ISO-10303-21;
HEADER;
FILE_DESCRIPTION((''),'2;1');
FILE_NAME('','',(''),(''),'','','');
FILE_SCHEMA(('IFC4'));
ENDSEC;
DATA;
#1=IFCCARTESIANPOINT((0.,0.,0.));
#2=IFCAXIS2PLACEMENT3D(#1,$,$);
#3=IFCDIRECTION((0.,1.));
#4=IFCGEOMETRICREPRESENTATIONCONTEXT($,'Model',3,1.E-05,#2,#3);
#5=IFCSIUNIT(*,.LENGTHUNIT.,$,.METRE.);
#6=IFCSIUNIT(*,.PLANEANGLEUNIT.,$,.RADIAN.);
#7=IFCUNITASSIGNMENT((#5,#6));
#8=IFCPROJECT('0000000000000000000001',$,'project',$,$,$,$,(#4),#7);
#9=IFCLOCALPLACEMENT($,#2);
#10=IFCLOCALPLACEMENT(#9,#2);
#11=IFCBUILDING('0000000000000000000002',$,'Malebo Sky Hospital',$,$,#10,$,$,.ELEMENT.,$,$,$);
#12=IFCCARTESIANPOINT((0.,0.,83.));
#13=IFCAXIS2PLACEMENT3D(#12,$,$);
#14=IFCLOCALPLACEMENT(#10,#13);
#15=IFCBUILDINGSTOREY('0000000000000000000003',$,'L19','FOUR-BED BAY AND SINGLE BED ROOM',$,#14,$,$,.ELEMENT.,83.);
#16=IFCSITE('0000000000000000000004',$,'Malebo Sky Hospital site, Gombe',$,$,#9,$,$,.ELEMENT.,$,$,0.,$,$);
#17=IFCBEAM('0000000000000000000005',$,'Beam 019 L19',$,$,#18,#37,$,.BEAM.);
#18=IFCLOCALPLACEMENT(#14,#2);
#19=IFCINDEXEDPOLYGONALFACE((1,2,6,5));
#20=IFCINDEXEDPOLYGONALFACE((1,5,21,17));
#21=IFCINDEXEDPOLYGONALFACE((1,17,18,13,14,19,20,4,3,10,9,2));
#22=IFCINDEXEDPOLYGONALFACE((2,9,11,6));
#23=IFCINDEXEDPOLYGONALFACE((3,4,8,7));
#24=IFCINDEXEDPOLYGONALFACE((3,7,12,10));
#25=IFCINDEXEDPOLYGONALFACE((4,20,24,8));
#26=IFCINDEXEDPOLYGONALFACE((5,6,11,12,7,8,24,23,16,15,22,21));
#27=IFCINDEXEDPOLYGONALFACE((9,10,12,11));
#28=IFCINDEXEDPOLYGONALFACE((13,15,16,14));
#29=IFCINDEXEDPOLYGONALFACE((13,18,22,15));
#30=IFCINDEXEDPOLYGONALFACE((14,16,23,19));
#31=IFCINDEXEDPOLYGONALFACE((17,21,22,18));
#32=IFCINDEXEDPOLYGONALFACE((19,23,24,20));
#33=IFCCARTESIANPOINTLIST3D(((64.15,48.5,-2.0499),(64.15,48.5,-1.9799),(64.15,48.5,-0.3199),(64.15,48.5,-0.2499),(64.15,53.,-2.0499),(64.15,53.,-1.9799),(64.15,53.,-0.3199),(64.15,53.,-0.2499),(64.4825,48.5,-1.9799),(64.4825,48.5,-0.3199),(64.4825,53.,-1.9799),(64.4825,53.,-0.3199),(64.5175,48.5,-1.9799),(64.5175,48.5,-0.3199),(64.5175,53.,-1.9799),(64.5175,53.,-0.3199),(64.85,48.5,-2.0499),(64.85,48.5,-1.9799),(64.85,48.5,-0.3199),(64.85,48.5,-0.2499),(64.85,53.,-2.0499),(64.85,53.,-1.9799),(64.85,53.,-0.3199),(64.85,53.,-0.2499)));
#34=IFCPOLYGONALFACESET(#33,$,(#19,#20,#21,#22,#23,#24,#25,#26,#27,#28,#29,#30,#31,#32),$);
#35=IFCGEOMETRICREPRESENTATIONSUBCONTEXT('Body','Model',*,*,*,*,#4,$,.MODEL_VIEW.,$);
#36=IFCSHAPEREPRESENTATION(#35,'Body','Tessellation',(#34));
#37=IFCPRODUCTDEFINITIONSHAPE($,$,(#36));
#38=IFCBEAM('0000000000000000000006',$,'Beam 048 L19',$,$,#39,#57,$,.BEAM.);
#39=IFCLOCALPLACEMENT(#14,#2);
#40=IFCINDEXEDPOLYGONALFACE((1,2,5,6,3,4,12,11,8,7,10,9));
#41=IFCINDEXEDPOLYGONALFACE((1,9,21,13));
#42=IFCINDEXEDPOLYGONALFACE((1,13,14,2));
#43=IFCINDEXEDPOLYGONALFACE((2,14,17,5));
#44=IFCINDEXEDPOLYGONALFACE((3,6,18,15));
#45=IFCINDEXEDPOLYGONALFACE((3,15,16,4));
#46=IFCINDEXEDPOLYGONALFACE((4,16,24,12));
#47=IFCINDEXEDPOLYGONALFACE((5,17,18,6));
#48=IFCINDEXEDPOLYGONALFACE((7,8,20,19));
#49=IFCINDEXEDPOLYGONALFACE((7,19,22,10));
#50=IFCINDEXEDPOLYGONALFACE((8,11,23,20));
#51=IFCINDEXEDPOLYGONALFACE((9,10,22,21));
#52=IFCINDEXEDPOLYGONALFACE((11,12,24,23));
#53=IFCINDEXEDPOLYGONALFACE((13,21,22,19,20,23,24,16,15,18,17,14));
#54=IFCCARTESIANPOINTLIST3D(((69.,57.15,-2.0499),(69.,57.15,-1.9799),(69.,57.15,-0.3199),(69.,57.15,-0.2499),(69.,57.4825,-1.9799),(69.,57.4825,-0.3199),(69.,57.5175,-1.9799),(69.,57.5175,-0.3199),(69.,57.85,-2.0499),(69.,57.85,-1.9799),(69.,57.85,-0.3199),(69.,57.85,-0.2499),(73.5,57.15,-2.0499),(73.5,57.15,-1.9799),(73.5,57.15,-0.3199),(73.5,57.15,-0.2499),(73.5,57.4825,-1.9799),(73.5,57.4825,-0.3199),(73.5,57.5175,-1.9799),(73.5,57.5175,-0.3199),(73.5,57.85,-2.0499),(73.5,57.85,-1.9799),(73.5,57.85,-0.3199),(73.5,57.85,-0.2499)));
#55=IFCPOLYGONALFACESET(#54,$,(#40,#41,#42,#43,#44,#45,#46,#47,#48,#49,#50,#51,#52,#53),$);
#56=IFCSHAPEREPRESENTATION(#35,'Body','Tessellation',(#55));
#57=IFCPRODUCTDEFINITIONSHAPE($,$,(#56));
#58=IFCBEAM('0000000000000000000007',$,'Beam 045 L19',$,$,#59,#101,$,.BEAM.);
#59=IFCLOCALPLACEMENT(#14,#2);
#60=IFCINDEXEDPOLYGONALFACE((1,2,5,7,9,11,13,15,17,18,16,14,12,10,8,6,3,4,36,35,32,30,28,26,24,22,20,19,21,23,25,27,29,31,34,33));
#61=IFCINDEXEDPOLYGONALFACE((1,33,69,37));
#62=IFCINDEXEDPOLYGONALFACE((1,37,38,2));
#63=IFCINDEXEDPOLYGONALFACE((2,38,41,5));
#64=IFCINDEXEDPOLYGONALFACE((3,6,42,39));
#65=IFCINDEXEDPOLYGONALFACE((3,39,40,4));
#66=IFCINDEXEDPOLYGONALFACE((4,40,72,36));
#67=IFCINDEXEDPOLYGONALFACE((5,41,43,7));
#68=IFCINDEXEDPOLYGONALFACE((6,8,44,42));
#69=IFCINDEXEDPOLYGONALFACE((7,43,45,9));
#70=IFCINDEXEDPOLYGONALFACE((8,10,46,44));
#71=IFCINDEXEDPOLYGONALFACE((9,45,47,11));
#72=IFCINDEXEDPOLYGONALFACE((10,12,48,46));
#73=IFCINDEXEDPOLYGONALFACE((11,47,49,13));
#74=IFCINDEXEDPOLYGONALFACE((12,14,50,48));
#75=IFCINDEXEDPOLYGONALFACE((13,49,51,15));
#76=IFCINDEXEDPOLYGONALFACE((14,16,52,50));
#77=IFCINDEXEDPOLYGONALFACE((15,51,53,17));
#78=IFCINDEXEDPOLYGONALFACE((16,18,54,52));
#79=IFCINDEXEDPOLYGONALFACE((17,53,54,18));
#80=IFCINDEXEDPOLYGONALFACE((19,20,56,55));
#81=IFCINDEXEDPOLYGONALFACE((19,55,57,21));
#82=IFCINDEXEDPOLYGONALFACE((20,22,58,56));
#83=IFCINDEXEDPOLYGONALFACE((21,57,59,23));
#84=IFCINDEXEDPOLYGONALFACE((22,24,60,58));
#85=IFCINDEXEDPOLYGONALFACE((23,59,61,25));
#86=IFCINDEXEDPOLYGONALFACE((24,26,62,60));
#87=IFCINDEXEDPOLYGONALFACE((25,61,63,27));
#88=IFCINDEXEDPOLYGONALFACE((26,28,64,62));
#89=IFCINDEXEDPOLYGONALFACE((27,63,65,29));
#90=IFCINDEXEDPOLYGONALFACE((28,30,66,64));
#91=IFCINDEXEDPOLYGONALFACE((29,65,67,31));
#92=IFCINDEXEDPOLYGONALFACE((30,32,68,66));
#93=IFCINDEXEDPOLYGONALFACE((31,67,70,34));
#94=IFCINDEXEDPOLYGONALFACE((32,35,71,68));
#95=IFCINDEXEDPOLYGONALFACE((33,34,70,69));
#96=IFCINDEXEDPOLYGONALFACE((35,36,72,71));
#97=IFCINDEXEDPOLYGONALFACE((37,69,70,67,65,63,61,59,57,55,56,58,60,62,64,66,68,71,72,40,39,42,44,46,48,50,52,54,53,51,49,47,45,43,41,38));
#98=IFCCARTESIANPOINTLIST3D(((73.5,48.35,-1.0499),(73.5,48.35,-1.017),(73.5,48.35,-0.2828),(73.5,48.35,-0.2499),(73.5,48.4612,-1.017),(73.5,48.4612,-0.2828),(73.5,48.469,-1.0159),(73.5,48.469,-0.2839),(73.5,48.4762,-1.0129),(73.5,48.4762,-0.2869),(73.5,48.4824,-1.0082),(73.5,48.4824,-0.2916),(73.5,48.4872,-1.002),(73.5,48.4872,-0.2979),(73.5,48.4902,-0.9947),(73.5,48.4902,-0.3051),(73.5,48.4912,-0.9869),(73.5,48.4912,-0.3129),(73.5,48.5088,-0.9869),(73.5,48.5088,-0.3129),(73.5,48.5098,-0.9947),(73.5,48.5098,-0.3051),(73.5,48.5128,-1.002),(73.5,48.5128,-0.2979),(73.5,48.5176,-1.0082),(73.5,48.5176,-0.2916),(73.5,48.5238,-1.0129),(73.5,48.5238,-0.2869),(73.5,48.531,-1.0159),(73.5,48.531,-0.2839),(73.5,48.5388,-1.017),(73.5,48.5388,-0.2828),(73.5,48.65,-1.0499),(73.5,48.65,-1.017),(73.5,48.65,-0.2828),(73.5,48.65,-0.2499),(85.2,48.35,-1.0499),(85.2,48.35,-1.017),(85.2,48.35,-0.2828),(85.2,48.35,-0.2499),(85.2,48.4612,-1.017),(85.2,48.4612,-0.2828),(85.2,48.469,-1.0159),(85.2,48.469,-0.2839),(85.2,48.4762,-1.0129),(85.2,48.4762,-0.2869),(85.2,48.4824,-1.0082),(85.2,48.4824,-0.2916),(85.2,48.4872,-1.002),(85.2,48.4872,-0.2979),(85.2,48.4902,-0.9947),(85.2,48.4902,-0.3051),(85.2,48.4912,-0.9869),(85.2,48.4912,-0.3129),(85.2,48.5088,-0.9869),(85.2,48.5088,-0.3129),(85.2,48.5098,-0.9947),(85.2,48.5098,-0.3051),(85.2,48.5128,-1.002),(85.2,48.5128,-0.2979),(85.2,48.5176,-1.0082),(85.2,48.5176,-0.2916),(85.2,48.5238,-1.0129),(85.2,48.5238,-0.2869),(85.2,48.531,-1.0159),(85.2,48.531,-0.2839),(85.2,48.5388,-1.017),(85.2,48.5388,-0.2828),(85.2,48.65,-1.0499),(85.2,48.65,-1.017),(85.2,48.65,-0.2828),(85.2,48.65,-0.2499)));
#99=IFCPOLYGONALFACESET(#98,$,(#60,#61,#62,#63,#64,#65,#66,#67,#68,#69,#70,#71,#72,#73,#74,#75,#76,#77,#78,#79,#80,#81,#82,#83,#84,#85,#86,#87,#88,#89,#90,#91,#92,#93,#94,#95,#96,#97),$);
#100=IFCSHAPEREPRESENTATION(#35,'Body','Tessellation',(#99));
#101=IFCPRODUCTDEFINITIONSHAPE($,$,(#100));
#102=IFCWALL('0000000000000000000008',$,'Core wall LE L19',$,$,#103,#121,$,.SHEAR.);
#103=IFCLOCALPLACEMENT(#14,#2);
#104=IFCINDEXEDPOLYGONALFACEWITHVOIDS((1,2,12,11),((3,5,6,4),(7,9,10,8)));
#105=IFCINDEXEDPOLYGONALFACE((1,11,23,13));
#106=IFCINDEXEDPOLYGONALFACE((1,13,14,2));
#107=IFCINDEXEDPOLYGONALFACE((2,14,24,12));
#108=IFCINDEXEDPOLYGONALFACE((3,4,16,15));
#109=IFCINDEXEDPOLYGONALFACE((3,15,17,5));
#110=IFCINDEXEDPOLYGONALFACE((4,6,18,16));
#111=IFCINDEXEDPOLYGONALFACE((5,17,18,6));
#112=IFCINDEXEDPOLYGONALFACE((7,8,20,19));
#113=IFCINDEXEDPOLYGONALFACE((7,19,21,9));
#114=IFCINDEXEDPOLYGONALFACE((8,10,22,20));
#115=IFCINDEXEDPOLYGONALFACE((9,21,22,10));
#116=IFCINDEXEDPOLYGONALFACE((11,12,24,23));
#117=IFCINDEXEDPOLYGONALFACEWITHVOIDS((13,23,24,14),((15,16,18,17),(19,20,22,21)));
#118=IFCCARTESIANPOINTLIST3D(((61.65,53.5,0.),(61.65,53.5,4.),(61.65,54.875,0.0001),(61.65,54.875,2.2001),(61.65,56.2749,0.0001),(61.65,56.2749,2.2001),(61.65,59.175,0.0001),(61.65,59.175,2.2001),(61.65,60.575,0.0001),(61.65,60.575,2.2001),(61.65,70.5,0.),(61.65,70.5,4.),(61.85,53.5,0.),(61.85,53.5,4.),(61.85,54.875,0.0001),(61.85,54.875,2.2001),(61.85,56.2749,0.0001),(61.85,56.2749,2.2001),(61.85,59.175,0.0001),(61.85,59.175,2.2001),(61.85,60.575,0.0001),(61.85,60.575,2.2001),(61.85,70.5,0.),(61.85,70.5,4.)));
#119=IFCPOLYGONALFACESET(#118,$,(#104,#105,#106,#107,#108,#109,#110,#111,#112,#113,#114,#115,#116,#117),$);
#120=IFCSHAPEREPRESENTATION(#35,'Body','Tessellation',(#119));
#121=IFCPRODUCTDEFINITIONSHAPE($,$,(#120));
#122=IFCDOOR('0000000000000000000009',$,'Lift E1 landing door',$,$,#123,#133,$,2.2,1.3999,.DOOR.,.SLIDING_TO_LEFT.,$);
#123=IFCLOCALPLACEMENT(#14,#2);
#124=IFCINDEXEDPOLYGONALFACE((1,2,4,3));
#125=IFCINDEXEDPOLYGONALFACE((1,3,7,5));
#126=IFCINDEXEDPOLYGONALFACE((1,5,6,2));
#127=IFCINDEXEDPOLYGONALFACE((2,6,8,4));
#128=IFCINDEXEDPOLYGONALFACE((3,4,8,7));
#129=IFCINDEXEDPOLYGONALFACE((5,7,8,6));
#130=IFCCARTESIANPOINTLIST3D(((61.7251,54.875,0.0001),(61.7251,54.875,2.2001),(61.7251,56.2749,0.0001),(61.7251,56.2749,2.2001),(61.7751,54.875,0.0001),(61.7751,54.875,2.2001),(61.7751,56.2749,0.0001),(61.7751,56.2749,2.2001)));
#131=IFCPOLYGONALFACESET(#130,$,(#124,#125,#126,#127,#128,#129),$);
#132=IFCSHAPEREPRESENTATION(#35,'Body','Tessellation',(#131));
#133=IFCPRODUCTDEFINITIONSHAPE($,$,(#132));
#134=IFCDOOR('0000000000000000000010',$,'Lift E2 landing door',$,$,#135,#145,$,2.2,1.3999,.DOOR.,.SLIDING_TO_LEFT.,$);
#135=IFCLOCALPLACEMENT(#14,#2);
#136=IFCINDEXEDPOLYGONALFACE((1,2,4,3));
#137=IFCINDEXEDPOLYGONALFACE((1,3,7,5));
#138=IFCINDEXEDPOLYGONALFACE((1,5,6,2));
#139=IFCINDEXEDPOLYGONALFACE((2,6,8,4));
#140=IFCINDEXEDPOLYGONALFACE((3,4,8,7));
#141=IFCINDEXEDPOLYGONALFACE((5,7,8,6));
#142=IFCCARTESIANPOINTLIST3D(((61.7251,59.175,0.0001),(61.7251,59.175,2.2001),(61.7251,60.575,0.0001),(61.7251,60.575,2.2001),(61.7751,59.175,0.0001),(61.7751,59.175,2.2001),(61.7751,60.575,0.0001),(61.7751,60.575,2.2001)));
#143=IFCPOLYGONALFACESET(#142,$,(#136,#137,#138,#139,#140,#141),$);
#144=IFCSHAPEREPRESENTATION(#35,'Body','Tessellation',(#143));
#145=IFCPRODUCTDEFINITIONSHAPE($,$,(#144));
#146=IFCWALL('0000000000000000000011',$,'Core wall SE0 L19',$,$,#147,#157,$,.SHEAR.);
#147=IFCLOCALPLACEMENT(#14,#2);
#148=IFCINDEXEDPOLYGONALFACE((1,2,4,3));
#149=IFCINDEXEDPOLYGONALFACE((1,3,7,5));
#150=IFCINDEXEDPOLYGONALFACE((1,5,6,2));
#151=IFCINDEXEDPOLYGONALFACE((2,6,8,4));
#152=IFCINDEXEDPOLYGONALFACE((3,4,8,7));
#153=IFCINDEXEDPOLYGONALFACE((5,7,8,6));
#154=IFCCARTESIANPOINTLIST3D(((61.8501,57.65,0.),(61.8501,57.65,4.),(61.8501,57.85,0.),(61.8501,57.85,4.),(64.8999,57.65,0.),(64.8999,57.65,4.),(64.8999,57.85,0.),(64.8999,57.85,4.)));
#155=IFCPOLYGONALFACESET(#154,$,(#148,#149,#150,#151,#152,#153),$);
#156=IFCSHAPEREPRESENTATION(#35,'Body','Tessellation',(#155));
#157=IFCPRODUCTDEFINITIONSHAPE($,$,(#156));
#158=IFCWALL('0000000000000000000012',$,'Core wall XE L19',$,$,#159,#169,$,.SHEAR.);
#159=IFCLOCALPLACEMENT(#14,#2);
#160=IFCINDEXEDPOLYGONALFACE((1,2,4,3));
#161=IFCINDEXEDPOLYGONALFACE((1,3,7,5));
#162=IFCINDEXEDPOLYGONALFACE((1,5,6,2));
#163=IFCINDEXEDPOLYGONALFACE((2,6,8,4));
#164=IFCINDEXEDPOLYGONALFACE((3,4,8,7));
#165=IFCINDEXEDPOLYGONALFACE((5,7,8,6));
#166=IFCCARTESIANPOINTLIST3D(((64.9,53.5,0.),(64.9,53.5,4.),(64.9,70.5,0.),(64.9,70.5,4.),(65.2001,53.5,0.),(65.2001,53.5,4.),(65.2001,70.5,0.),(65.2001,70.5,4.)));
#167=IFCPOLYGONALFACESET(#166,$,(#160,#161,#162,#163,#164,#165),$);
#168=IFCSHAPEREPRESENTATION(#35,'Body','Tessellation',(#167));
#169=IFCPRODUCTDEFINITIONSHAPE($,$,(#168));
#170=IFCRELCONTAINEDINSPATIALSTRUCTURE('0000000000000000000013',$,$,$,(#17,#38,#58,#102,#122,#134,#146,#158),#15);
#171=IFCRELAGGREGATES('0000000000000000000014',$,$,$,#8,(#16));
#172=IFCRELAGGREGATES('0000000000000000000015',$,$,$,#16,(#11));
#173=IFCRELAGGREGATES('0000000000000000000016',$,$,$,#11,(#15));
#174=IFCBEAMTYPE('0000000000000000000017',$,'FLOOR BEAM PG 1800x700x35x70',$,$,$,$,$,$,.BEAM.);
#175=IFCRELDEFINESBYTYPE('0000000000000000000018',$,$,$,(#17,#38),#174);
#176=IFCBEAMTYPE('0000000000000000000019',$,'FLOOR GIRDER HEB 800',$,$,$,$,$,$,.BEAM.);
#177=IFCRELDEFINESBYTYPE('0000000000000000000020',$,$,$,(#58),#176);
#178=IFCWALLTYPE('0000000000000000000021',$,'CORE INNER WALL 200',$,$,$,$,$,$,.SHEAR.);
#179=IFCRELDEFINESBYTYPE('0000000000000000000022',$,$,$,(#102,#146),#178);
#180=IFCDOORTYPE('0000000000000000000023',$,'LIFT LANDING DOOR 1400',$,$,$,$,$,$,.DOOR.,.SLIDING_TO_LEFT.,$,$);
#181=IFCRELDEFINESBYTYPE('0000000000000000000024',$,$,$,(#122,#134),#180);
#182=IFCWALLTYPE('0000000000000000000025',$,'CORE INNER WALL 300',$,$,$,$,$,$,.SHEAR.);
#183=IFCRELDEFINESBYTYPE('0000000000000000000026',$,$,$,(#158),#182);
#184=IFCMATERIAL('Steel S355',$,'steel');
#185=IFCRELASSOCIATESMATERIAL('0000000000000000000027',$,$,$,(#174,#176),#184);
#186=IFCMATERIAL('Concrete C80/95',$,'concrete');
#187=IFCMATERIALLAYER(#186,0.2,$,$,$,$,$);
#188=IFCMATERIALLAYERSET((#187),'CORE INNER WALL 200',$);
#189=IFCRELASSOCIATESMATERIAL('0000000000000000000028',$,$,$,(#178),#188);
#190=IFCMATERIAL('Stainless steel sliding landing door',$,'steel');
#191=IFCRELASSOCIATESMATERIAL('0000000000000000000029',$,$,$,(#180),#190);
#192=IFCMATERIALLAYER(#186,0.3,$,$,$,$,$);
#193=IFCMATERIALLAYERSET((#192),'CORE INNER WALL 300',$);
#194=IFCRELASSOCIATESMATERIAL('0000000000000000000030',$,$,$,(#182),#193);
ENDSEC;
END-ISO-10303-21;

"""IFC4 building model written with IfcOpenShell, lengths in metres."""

from ifc_helpers import new_model, si_unit, direction, frame, frame_2d, origin, origin_2d, place, context, subcontext, project, spatial, rectangle, i_section, extrude, material, layer, layer_set, material_profile, profile_set, type_object, element, fill, save


model = new_model("IFC4")

# Units and contexts
model_context = context("Model", 3, precision=1e-05, world=origin(), true_north=direction((0.0, 1.0)))
body_context = subcontext(model_context, "Body", "Model", "MODEL_VIEW")
ifc_project = project(units=[si_unit("LENGTHUNIT", "METRE"), si_unit("PLANEANGLEUNIT", "RADIAN")], contexts=[model_context])

# Site, building, storey
site_placement = place(None, origin())
site = spatial("IfcSite", under=ifc_project, at=site_placement, Name="Malebo Sky Hospital site, Gombe", CompositionType="ELEMENT", RefElevation=0.0)
building_placement = place(site_placement, origin())
building = spatial("IfcBuilding", under=site, at=building_placement, Name="Malebo Sky Hospital", CompositionType="ELEMENT")
storey_placement = place(building_placement, frame((0.0, 0.0, 83.0)))
storey = spatial("IfcBuildingStorey", under=building, at=storey_placement, Name="L19", Description="FOUR-BED BAY AND SINGLE BED ROOM", CompositionType="ELEMENT", Elevation=83.0)

# Beams
ifc_material_1 = material(Name="Steel S355", Category="steel")
ifc_material_profile_1 = material_profile(ifc_material_1, i_section(OverallWidth=0.7, OverallDepth=1.8, WebThickness=0.0349, FlangeThickness=0.0701, at=origin_2d()), Name="PG 1800x700x35x70")
ifc_profile_set_1 = profile_set([ifc_material_profile_1], Name="Steel S355")
beam_type_1 = type_object("IfcBeamType", Name="FLOOR BEAM PG 1800x700x35x70", PredefinedType="BEAM", material=ifc_profile_set_1)
for number, where, z_axis, x_axis, name in (
    (1, (64.5, 48.5, -1.1499), (0.0, 1.0, 0.0), (-1.0, 0.0, 0.0), "Beam 019 L19"),
    (2, (69.0, 57.5, -1.1499), (1.0, 0.0, 0.0), (0.0, 1.0, 0.0), "Beam 048 L19"),
):
    element("IfcBeam", number, at=place(storey_placement, frame(where, z_axis=z_axis, x_axis=x_axis)), inside=storey, type_object=beam_type_1, Name=name, PredefinedType="BEAM", context=body_context, shape_type="SweptSolid", body=[
        extrude(i_section(OverallWidth=0.7, OverallDepth=1.8, WebThickness=0.0349, FlangeThickness=0.0701, at=origin_2d()), origin(), (0.0, 0.0, 1.0), 4.5),
    ])
ifc_material_profile_2 = material_profile(ifc_material_1, i_section(OverallWidth=0.3, OverallDepth=0.8, WebThickness=0.0176, FlangeThickness=0.033, FilletRadius=0.03, at=origin_2d()), Name="HEB 800")
ifc_profile_set_2 = profile_set([ifc_material_profile_2], Name="Steel S355")
beam_type_2 = type_object("IfcBeamType", Name="FLOOR GIRDER HEB 800", PredefinedType="BEAM", material=ifc_profile_set_2)
beam_1_placement = place(storey_placement, frame((73.5, 48.5, -0.6499), z_axis=(1.0, 0.0, 0.0), x_axis=(0.0, 1.0, 0.0)))
element("IfcBeam", 3, at=beam_1_placement, inside=storey, type_object=beam_type_2, Name="Beam 045 L19", PredefinedType="BEAM", context=body_context, shape_type="SweptSolid", body=[
    extrude(i_section(OverallWidth=0.3, OverallDepth=0.8, WebThickness=0.0176, FlangeThickness=0.033, FilletRadius=0.03, at=origin_2d()), origin(), (0.0, 0.0, 1.0), 11.7),
])

# Wall, openings, doors
ifc_material_2 = material(Name="Concrete C80/95", Category="concrete")
ifc_layer_1 = layer(ifc_material_2, 0.2)
ifc_layer_set_1 = layer_set([ifc_layer_1], Name="CORE INNER WALL 200")
wall_type_1 = type_object("IfcWallType", Name="CORE INNER WALL 200", PredefinedType="SHEAR", material=ifc_layer_set_1)
wall_1_placement = place(storey_placement, frame((61.75, 53.5, 0.0), z_axis=(0.0, 0.0, 1.0), x_axis=(0.0, 1.0, 0.0)))
wall_1 = element("IfcWall", 4, at=wall_1_placement, inside=storey, type_object=wall_type_1, Name="Core wall LE L19", PredefinedType="SHEAR", context=body_context, shape_type="SweptSolid", body=[
    extrude(rectangle(XDim=17.0, YDim=0.2, at=frame_2d((8.5, 0.0))), origin(), (0.0, 0.0, 1.0), 4.0),
])
opening_1_placement = place(wall_1_placement, frame((1.375, 0.0, 0.0)))
opening_1 = element("IfcOpeningElement", 5, at=opening_1_placement, cuts=wall_1, PredefinedType="OPENING", context=body_context, shape_type="SweptSolid", body=[
    extrude(rectangle(XDim=1.3999, YDim=2.2, at=frame_2d((0.7, 1.1001))), frame((0.0, 0.1099, 0.0), z_axis=(0.0, -1.0, 0.0), x_axis=(1.0, 0.0, 0.0)), (0.0, 0.0, 1.0), 0.22),
])
opening_2_placement = place(wall_1_placement, frame((5.675, 0.0, 0.0)))
opening_2 = element("IfcOpeningElement", 6, at=opening_2_placement, cuts=wall_1, PredefinedType="OPENING", context=body_context, shape_type="SweptSolid", body=[
    extrude(rectangle(XDim=1.3999, YDim=2.2, at=frame_2d((0.7, 1.1001))), frame((0.0, 0.1099, 0.0), z_axis=(0.0, -1.0, 0.0), x_axis=(1.0, 0.0, 0.0)), (0.0, 0.0, 1.0), 0.22),
])
ifc_material_3 = material(Name="Stainless steel sliding landing door", Category="steel")
door_type_1 = type_object("IfcDoorType", Name="LIFT LANDING DOOR 1400", OperationType="SLIDING_TO_LEFT", PredefinedType="DOOR", material=ifc_material_3)
door_1_placement = place(opening_1_placement, origin())
door_1 = element("IfcDoor", 7, at=door_1_placement, inside=storey, type_object=door_type_1, Name="Lift E1 landing door", OperationType="SLIDING_TO_LEFT", OverallHeight=2.2, OverallWidth=1.3999, PredefinedType="DOOR", context=body_context, shape_type="SweptSolid", body=[
    extrude(rectangle(XDim=1.3999, YDim=2.2, at=frame_2d((0.7, 1.1001))), frame((0.0, 0.0249, 0.0), z_axis=(0.0, -1.0, 0.0), x_axis=(1.0, 0.0, 0.0)), (0.0, 0.0, 1.0), 0.05),
])
fill(opening_1, door_1)
door_2_placement = place(opening_2_placement, origin())
door_2 = element("IfcDoor", 8, at=door_2_placement, inside=storey, type_object=door_type_1, Name="Lift E2 landing door", OperationType="SLIDING_TO_LEFT", OverallHeight=2.2, OverallWidth=1.3999, PredefinedType="DOOR", context=body_context, shape_type="SweptSolid", body=[
    extrude(rectangle(XDim=1.3999, YDim=2.2, at=frame_2d((0.7, 1.1001))), frame((0.0, 0.0249, 0.0), z_axis=(0.0, -1.0, 0.0), x_axis=(1.0, 0.0, 0.0)), (0.0, 0.0, 1.0), 0.05),
])
fill(opening_2, door_2)

# Walls
wall_2_placement = place(storey_placement, frame((61.8501, 57.75, 0.0), z_axis=(0.0, 0.0, 1.0), x_axis=(1.0, 0.0, 0.0)))
element("IfcWall", 9, at=wall_2_placement, inside=storey, type_object=wall_type_1, Name="Core wall SE0 L19", PredefinedType="SHEAR", context=body_context, shape_type="SweptSolid", body=[
    extrude(rectangle(XDim=3.0498, YDim=0.2, at=frame_2d((1.5249, 0.0))), origin(), (0.0, 0.0, 1.0), 4.0),
])
ifc_layer_2 = layer(ifc_material_2, 0.3)
ifc_layer_set_2 = layer_set([ifc_layer_2], Name="CORE INNER WALL 300")
wall_type_2 = type_object("IfcWallType", Name="CORE INNER WALL 300", PredefinedType="SHEAR", material=ifc_layer_set_2)
wall_3_placement = place(storey_placement, frame((65.05, 53.5, 0.0), z_axis=(0.0, 0.0, 1.0), x_axis=(0.0, 1.0, 0.0)))
element("IfcWall", 10, at=wall_3_placement, inside=storey, type_object=wall_type_2, Name="Core wall XE L19", PredefinedType="SHEAR", context=body_context, shape_type="SweptSolid", body=[
    extrude(rectangle(XDim=17.0, YDim=0.3, at=frame_2d((8.5, 0.0))), origin(), (0.0, 0.0, 1.0), 4.0),
])

save(model, "model.ifc")
